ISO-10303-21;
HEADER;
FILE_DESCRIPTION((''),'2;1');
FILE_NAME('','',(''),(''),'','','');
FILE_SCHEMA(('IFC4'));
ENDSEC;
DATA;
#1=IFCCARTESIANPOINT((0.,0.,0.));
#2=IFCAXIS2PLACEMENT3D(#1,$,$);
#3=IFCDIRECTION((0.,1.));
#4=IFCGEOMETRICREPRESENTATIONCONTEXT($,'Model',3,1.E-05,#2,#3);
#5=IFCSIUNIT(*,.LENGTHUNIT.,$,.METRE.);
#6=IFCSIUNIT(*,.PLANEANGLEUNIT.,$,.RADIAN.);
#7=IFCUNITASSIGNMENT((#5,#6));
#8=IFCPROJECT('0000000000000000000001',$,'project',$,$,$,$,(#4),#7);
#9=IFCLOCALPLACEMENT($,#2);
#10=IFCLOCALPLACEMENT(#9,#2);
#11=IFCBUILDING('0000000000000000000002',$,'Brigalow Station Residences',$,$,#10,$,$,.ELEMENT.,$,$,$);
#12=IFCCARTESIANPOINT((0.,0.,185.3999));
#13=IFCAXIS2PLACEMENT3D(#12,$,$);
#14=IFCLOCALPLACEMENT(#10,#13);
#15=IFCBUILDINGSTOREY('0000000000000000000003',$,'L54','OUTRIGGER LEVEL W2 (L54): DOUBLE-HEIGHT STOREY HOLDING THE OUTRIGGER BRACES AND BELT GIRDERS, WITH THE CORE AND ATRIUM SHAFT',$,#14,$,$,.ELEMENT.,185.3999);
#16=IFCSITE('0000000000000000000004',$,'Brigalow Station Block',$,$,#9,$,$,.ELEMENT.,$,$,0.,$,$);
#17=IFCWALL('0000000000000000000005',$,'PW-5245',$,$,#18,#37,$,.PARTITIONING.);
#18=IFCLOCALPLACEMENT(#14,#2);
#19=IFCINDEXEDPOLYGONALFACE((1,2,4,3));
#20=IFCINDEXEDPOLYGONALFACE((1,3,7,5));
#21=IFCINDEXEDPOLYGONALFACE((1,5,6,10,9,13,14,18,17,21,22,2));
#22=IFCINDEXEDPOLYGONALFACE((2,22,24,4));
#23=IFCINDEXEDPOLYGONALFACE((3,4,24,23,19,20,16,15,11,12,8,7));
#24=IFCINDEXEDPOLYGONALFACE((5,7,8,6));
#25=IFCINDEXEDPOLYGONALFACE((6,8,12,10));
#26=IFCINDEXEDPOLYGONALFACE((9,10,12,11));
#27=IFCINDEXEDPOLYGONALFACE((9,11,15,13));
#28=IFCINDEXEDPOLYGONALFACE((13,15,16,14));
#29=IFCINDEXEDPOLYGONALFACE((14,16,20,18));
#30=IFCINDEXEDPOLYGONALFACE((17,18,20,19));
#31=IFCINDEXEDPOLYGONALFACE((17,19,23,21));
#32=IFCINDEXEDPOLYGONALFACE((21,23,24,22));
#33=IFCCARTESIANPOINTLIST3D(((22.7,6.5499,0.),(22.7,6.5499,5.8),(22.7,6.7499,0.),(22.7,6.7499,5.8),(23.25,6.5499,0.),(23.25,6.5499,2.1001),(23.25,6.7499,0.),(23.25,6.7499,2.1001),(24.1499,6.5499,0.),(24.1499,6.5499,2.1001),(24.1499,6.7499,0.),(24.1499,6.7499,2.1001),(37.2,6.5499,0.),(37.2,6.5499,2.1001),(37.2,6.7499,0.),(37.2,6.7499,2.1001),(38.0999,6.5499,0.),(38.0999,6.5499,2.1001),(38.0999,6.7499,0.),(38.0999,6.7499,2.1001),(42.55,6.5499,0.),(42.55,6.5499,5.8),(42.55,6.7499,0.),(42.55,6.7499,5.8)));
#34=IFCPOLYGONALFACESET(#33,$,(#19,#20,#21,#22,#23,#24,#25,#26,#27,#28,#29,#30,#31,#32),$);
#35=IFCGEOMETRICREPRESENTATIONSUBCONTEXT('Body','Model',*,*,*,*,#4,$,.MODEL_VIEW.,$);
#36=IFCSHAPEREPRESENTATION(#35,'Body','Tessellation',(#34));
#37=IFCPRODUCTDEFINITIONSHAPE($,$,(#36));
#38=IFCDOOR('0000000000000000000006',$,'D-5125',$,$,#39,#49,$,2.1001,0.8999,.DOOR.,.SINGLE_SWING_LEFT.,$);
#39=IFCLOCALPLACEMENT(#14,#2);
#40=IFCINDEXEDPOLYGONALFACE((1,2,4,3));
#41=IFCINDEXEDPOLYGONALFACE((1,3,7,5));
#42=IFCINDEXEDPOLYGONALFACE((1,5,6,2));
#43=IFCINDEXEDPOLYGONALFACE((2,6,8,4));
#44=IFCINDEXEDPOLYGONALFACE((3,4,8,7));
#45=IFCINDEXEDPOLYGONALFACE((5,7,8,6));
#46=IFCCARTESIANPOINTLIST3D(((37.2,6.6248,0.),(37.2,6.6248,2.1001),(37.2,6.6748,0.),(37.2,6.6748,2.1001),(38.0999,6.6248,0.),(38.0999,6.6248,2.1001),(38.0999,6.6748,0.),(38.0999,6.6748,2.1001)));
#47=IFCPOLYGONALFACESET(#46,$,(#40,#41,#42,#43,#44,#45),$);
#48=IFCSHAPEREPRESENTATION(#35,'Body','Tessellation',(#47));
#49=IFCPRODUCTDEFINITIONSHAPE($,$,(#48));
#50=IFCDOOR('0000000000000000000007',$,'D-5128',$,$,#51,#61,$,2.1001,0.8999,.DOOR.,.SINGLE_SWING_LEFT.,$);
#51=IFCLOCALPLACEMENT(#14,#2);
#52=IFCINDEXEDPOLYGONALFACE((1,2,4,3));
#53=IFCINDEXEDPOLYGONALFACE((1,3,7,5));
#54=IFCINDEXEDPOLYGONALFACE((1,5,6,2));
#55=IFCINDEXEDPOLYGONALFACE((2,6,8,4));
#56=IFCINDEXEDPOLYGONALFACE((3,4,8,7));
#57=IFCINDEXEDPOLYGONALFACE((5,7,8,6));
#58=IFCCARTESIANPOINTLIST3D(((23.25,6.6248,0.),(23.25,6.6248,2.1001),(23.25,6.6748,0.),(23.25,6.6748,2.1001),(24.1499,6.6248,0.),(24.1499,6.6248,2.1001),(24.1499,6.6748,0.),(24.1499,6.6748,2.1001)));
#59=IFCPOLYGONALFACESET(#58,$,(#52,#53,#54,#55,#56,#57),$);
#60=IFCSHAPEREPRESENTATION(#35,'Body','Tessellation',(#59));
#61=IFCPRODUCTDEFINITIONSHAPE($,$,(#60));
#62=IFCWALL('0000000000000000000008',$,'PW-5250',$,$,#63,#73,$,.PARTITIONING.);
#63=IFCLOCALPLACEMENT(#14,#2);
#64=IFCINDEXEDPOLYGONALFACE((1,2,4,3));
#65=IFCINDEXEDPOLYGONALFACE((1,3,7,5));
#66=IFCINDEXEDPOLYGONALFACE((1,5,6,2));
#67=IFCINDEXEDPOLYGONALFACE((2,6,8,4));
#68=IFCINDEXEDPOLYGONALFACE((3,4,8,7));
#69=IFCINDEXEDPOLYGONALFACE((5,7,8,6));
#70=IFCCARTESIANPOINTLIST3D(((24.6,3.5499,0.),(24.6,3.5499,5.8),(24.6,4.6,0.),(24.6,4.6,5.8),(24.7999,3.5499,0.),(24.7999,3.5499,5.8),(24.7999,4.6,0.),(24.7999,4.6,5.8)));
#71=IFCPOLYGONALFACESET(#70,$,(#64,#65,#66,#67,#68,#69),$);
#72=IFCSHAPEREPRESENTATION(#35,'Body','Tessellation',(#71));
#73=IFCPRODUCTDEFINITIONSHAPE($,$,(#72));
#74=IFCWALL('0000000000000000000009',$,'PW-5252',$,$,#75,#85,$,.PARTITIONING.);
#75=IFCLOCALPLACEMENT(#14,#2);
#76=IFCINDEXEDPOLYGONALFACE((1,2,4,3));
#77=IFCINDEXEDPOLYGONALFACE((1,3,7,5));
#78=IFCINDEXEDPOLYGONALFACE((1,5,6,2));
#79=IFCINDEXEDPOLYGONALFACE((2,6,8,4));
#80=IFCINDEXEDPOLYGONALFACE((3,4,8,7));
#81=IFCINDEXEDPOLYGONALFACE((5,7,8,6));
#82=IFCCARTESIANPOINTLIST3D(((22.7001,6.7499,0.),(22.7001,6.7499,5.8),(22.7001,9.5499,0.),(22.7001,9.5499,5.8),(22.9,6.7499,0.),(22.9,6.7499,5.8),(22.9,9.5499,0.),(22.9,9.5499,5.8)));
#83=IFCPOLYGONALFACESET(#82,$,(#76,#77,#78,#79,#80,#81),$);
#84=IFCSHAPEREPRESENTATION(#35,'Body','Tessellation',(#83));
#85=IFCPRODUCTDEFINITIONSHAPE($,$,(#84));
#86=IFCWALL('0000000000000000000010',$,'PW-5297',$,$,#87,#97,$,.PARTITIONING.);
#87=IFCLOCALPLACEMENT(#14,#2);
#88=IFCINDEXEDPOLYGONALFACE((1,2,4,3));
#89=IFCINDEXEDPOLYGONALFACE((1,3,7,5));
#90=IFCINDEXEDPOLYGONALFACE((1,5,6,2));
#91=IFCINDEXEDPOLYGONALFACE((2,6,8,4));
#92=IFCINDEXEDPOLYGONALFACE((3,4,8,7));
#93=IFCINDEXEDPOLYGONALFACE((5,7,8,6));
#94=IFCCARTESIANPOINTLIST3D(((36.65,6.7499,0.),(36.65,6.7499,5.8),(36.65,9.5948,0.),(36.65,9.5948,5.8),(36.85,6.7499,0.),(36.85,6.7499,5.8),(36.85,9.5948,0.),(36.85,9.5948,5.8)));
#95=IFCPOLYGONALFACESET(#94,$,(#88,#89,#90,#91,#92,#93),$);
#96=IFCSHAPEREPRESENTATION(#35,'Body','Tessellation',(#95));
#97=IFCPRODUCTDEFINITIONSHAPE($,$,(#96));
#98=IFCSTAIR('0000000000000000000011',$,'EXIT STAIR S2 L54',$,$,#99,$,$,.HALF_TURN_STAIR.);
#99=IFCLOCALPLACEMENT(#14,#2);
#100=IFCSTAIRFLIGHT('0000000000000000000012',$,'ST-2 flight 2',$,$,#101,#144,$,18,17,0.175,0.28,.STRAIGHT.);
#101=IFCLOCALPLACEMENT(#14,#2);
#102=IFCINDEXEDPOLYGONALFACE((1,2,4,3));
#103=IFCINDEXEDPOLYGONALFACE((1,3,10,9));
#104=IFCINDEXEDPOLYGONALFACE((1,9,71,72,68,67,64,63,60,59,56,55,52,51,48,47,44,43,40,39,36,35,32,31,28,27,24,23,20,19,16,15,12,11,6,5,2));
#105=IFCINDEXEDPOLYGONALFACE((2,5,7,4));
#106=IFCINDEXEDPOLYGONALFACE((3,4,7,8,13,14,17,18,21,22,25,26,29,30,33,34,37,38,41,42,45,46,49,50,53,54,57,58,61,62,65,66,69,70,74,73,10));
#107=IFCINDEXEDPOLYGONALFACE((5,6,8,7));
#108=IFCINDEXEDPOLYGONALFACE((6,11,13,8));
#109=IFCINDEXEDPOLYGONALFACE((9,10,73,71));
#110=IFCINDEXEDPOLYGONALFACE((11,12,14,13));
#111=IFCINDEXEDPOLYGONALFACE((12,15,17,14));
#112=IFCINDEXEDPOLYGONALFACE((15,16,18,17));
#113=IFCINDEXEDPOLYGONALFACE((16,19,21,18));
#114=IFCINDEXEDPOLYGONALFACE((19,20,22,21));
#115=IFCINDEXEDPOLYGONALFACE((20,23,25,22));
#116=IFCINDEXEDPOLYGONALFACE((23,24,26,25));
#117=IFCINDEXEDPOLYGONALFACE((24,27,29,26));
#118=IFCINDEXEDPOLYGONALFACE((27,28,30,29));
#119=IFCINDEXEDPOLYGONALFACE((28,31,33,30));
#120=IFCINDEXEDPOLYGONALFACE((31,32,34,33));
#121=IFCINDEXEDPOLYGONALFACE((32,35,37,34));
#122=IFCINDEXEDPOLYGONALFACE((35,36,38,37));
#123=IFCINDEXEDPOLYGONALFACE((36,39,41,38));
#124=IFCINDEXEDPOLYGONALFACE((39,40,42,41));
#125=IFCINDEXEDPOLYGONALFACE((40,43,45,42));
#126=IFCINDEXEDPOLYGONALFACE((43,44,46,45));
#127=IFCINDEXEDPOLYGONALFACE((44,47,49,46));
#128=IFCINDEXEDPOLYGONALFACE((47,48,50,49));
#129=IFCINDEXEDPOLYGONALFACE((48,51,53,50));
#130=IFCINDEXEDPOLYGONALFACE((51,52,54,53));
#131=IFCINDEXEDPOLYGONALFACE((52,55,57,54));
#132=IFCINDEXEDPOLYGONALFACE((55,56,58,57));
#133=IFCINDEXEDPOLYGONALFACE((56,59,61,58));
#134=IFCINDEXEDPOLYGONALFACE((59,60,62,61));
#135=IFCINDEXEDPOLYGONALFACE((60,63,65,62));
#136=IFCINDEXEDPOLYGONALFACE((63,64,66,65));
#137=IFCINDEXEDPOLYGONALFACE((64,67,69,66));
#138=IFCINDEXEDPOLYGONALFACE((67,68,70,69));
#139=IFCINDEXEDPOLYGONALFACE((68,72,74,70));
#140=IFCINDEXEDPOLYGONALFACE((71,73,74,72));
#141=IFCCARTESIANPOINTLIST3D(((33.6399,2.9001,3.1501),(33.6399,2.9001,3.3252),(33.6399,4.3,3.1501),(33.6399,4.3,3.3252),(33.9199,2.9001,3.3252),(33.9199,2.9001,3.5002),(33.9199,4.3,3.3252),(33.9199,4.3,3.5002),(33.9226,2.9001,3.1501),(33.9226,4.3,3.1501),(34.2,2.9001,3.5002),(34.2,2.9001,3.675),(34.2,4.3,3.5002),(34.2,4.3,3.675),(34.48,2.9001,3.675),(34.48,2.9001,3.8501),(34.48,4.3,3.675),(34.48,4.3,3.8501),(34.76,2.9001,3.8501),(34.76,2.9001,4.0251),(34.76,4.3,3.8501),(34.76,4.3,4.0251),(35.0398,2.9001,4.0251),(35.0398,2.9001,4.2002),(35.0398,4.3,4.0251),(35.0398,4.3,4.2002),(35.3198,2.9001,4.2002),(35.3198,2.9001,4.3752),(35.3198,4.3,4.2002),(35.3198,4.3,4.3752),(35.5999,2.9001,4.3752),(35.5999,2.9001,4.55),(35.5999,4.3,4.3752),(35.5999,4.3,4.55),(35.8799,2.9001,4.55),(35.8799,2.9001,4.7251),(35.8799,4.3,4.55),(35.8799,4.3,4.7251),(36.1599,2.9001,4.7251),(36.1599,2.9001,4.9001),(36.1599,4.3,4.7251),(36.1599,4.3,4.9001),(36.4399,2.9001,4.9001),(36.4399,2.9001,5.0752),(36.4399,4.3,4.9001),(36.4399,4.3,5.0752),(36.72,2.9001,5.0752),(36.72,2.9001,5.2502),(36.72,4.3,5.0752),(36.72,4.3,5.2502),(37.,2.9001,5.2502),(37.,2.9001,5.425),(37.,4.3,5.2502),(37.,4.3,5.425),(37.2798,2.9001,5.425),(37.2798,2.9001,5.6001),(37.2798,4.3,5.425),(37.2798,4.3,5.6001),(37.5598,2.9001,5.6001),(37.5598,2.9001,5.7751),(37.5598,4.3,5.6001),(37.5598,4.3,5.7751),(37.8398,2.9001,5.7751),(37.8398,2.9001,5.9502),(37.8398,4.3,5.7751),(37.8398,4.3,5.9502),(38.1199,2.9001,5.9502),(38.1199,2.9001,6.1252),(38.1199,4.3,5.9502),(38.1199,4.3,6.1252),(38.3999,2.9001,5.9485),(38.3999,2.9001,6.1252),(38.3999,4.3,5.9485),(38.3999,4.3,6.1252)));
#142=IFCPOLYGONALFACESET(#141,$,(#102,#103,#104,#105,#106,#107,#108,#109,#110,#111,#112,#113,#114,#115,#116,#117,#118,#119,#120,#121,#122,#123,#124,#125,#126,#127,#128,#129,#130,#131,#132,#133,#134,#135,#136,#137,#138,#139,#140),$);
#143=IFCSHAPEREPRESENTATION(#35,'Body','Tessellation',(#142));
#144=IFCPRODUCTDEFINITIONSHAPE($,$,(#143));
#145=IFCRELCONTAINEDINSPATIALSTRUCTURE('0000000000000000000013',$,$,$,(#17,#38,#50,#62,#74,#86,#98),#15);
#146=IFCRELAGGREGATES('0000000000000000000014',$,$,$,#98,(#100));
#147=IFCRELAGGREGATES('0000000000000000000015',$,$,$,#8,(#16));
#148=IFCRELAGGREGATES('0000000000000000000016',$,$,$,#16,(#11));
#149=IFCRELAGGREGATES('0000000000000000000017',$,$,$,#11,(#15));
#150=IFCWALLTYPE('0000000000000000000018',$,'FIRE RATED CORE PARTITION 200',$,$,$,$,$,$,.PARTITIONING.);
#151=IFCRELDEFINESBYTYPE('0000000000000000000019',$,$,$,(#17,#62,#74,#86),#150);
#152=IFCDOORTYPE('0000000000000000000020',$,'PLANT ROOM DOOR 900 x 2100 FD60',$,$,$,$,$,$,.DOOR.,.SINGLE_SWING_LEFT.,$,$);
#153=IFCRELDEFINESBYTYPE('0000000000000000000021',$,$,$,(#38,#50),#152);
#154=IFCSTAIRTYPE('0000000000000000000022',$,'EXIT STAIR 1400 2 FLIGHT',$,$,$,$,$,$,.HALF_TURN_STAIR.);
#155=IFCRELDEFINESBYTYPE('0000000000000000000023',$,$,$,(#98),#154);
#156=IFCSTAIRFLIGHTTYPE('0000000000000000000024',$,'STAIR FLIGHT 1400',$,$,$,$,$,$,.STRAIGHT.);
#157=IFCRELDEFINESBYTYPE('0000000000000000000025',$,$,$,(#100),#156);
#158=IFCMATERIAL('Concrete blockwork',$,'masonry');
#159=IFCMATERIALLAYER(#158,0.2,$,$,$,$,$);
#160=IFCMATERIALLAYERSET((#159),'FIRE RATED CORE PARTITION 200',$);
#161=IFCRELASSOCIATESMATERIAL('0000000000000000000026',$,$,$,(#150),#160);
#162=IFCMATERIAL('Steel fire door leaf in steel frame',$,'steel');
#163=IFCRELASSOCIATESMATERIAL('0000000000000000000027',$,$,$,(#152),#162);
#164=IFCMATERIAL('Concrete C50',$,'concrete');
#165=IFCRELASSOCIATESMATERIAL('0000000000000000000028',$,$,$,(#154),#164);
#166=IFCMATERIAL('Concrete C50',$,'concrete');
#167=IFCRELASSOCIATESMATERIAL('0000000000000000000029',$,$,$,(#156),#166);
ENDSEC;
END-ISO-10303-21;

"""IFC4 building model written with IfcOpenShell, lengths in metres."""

from ifc_helpers import new_model, si_unit, direction, frame, frame_2d, origin, place, context, subcontext, project, spatial, polyline, rectangle, outline, extrude, material, layer, layer_set, type_object, element, fill, aggregate, save


model = new_model("IFC4")

# Units and contexts
model_context = context("Model", 3, precision=1e-05, world=origin(), true_north=direction((0.0, 1.0)))
body_context = subcontext(model_context, "Body", "Model", "MODEL_VIEW")
ifc_project = project(units=[si_unit("LENGTHUNIT", "METRE"), si_unit("PLANEANGLEUNIT", "RADIAN")], contexts=[model_context])

# Site, building, storey
site_placement = place(None, origin())
site = spatial("IfcSite", under=ifc_project, at=site_placement, Name="Brigalow Station Block", CompositionType="ELEMENT", RefElevation=0.0)
building_placement = place(site_placement, origin())
building = spatial("IfcBuilding", under=site, at=building_placement, Name="Brigalow Station Residences", CompositionType="ELEMENT")
storey_placement = place(building_placement, frame((0.0, 0.0, 185.3999)))
storey = spatial("IfcBuildingStorey", under=building, at=storey_placement, Name="L54", Description="OUTRIGGER LEVEL W2 (L54): DOUBLE-HEIGHT STOREY HOLDING THE OUTRIGGER BRACES AND BELT GIRDERS, WITH THE CORE AND ATRIUM SHAFT", CompositionType="ELEMENT", Elevation=185.3999)

# Wall, openings, doors
ifc_material_1 = material(Name="Concrete blockwork", Category="masonry")
ifc_layer_1 = layer(ifc_material_1, 0.2)
ifc_layer_set_1 = layer_set([ifc_layer_1], Name="FIRE RATED CORE PARTITION 200")
wall_type_1 = type_object("IfcWallType", Name="FIRE RATED CORE PARTITION 200", PredefinedType="PARTITIONING", material=ifc_layer_set_1)
ifc_material_2 = material(Name="Steel fire door leaf in steel frame", Category="steel")
door_type_1 = type_object("IfcDoorType", Name="PLANT ROOM DOOR 900 x 2100 FD60", OperationType="SINGLE_SWING_LEFT", PredefinedType="DOOR", material=ifc_material_2)
wall_1_placement = place(storey_placement, frame((22.7, 6.6499, 0.0), z_axis=(0.0, 0.0, 1.0), x_axis=(1.0, 0.0, 0.0)))
wall_1 = element("IfcWall", 1, at=wall_1_placement, inside=storey, type_object=wall_type_1, Name="PW-5245", PredefinedType="PARTITIONING", context=body_context, shape_type="SweptSolid", body=[
    extrude(rectangle(XDim=19.8501, YDim=0.2, at=frame_2d((9.925, 0.0))), origin(), (0.0, 0.0, 1.0), 5.8),
])
opening_1_placement = place(wall_1_placement, frame((14.5, 0.0, 0.0)))
opening_1 = element("IfcOpeningElement", 2, at=opening_1_placement, cuts=wall_1, PredefinedType="OPENING", context=body_context, shape_type="SweptSolid", body=[
    extrude(rectangle(XDim=0.8999, YDim=2.1001, at=frame_2d((0.45, 1.05))), frame((0.0, 0.1099, 0.0), z_axis=(0.0, -1.0, 0.0), x_axis=(1.0, 0.0, 0.0)), (0.0, 0.0, 1.0), 0.22),
])
opening_2_placement = place(wall_1_placement, frame((0.55, 0.0, 0.0)))
opening_2 = element("IfcOpeningElement", 3, at=opening_2_placement, cuts=wall_1, PredefinedType="OPENING", context=body_context, shape_type="SweptSolid", body=[
    extrude(rectangle(XDim=0.8999, YDim=2.1001, at=frame_2d((0.45, 1.05))), frame((0.0, 0.1099, 0.0), z_axis=(0.0, -1.0, 0.0), x_axis=(1.0, 0.0, 0.0)), (0.0, 0.0, 1.0), 0.22),
])
door_1_placement = place(opening_1_placement, origin())
door_1 = element("IfcDoor", 4, at=door_1_placement, inside=storey, type_object=door_type_1, Name="D-5125", OperationType="SINGLE_SWING_LEFT", OverallHeight=2.1001, OverallWidth=0.8999, PredefinedType="DOOR", context=body_context, shape_type="SweptSolid", body=[
    extrude(rectangle(XDim=0.8999, YDim=2.1001, at=frame_2d((0.45, 1.05))), frame((0.0, 0.0249, 0.0), z_axis=(0.0, -1.0, 0.0), x_axis=(1.0, 0.0, 0.0)), (0.0, 0.0, 1.0), 0.05),
])
fill(opening_1, door_1)
door_2_placement = place(opening_2_placement, origin())
door_2 = element("IfcDoor", 5, at=door_2_placement, inside=storey, type_object=door_type_1, Name="D-5128", OperationType="SINGLE_SWING_LEFT", OverallHeight=2.1001, OverallWidth=0.8999, PredefinedType="DOOR", context=body_context, shape_type="SweptSolid", body=[
    extrude(rectangle(XDim=0.8999, YDim=2.1001, at=frame_2d((0.45, 1.05))), frame((0.0, 0.0249, 0.0), z_axis=(0.0, -1.0, 0.0), x_axis=(1.0, 0.0, 0.0)), (0.0, 0.0, 1.0), 0.05),
])
fill(opening_2, door_2)

# Walls
wall_2_placement = place(storey_placement, frame((24.7, 3.55, 0.0), z_axis=(0.0, 0.0, 1.0), x_axis=(0.0, 1.0, 0.0)))
element("IfcWall", 6, at=wall_2_placement, inside=storey, type_object=wall_type_1, Name="PW-5250", PredefinedType="PARTITIONING", context=body_context, shape_type="SweptSolid", body=[
    extrude(rectangle(XDim=1.05, YDim=0.2, at=frame_2d((0.5249, 0.0))), origin(), (0.0, 0.0, 1.0), 5.8),
])
wall_3_placement = place(storey_placement, frame((22.8, 6.75, 0.0), z_axis=(0.0, 0.0, 1.0), x_axis=(0.0, 1.0, 0.0)))
element("IfcWall", 7, at=wall_3_placement, inside=storey, type_object=wall_type_1, Name="PW-5252", PredefinedType="PARTITIONING", context=body_context, shape_type="SweptSolid", body=[
    extrude(rectangle(XDim=2.8, YDim=0.2, at=frame_2d((1.3999, 0.0))), origin(), (0.0, 0.0, 1.0), 5.8),
])
wall_4_placement = place(storey_placement, frame((36.75, 6.75, 0.0), z_axis=(0.0, 0.0, 1.0), x_axis=(0.0, 1.0, 0.0)))
element("IfcWall", 8, at=wall_4_placement, inside=storey, type_object=wall_type_1, Name="PW-5297", PredefinedType="PARTITIONING", context=body_context, shape_type="SweptSolid", body=[
    extrude(rectangle(XDim=2.845, YDim=0.2, at=frame_2d((1.4224, 0.0))), origin(), (0.0, 0.0, 1.0), 5.8),
])

# Stair, stair flight
ifc_material_3 = material(Name="Concrete C50", Category="concrete")
stair_type = type_object("IfcStairType", Name="EXIT STAIR 1400 2 FLIGHT", PredefinedType="HALF_TURN_STAIR", material=ifc_material_3)
stair_placement = place(storey_placement, origin())
stair = element("IfcStair", 9, at=stair_placement, inside=storey, type_object=stair_type, Name="EXIT STAIR S2 L54", PredefinedType="HALF_TURN_STAIR")
ifc_material_4 = material(Name="Concrete C50", Category="concrete")
stair_flight_type = type_object("IfcStairFlightType", Name="STAIR FLIGHT 1400", PredefinedType="STRAIGHT", material=ifc_material_4)
stair_flight_placement = place(storey_placement, frame((33.6399, 3.6001, 3.1501), z_axis=(0.0, 0.0, 1.0), x_axis=(1.0, 0.0, 0.0)))
stair_flight = element("IfcStairFlight", 10, at=stair_flight_placement, type_object=stair_flight_type, Name="ST-2 flight 2", NumberOfRisers=18, NumberOfTreads=17, PredefinedType="STRAIGHT", RiserHeight=0.175, TreadLength=0.28, context=body_context, shape_type="SweptSolid", body=[
    extrude(outline(polyline([(0.0, 0.0), (0.0, 0.175), (0.28, 0.175), (0.28, 0.3501), (0.5601, 0.3501), (0.5601, 0.5249), (0.8401, 0.5249), (0.8401, 0.7), (1.1201, 0.7), (1.1201, 0.875), (1.3999, 0.875), (1.3999, 1.05), (1.6799, 1.05), (1.6799, 1.2251), (1.96, 1.2251), (1.96, 1.3999), (2.24, 1.3999), (2.24, 1.575), (2.52, 1.575), (2.52, 1.75), (2.8, 1.75), (2.8, 1.925), (3.0801, 1.925), (3.0801, 2.1001), (3.3601, 2.1001), (3.3601, 2.2749), (3.6399, 2.2749), (3.6399, 2.45), (3.9199, 2.45), (3.9199, 2.625), (4.2, 2.625), (4.2, 2.8), (4.48, 2.8), (4.48, 2.9751), (4.76, 2.9751), (4.76, 3.1499), (4.76, 2.7983), (0.2827, 0.0), (0.0, 0.0)])), frame((0.0, 0.7, 0.0), z_axis=(0.0, -1.0, 0.0), x_axis=(1.0, 0.0, 0.0)), (0.0, 0.0, 1.0), 1.3999),
])
aggregate(stair, [stair_flight])

save(model, "model.ifc")
